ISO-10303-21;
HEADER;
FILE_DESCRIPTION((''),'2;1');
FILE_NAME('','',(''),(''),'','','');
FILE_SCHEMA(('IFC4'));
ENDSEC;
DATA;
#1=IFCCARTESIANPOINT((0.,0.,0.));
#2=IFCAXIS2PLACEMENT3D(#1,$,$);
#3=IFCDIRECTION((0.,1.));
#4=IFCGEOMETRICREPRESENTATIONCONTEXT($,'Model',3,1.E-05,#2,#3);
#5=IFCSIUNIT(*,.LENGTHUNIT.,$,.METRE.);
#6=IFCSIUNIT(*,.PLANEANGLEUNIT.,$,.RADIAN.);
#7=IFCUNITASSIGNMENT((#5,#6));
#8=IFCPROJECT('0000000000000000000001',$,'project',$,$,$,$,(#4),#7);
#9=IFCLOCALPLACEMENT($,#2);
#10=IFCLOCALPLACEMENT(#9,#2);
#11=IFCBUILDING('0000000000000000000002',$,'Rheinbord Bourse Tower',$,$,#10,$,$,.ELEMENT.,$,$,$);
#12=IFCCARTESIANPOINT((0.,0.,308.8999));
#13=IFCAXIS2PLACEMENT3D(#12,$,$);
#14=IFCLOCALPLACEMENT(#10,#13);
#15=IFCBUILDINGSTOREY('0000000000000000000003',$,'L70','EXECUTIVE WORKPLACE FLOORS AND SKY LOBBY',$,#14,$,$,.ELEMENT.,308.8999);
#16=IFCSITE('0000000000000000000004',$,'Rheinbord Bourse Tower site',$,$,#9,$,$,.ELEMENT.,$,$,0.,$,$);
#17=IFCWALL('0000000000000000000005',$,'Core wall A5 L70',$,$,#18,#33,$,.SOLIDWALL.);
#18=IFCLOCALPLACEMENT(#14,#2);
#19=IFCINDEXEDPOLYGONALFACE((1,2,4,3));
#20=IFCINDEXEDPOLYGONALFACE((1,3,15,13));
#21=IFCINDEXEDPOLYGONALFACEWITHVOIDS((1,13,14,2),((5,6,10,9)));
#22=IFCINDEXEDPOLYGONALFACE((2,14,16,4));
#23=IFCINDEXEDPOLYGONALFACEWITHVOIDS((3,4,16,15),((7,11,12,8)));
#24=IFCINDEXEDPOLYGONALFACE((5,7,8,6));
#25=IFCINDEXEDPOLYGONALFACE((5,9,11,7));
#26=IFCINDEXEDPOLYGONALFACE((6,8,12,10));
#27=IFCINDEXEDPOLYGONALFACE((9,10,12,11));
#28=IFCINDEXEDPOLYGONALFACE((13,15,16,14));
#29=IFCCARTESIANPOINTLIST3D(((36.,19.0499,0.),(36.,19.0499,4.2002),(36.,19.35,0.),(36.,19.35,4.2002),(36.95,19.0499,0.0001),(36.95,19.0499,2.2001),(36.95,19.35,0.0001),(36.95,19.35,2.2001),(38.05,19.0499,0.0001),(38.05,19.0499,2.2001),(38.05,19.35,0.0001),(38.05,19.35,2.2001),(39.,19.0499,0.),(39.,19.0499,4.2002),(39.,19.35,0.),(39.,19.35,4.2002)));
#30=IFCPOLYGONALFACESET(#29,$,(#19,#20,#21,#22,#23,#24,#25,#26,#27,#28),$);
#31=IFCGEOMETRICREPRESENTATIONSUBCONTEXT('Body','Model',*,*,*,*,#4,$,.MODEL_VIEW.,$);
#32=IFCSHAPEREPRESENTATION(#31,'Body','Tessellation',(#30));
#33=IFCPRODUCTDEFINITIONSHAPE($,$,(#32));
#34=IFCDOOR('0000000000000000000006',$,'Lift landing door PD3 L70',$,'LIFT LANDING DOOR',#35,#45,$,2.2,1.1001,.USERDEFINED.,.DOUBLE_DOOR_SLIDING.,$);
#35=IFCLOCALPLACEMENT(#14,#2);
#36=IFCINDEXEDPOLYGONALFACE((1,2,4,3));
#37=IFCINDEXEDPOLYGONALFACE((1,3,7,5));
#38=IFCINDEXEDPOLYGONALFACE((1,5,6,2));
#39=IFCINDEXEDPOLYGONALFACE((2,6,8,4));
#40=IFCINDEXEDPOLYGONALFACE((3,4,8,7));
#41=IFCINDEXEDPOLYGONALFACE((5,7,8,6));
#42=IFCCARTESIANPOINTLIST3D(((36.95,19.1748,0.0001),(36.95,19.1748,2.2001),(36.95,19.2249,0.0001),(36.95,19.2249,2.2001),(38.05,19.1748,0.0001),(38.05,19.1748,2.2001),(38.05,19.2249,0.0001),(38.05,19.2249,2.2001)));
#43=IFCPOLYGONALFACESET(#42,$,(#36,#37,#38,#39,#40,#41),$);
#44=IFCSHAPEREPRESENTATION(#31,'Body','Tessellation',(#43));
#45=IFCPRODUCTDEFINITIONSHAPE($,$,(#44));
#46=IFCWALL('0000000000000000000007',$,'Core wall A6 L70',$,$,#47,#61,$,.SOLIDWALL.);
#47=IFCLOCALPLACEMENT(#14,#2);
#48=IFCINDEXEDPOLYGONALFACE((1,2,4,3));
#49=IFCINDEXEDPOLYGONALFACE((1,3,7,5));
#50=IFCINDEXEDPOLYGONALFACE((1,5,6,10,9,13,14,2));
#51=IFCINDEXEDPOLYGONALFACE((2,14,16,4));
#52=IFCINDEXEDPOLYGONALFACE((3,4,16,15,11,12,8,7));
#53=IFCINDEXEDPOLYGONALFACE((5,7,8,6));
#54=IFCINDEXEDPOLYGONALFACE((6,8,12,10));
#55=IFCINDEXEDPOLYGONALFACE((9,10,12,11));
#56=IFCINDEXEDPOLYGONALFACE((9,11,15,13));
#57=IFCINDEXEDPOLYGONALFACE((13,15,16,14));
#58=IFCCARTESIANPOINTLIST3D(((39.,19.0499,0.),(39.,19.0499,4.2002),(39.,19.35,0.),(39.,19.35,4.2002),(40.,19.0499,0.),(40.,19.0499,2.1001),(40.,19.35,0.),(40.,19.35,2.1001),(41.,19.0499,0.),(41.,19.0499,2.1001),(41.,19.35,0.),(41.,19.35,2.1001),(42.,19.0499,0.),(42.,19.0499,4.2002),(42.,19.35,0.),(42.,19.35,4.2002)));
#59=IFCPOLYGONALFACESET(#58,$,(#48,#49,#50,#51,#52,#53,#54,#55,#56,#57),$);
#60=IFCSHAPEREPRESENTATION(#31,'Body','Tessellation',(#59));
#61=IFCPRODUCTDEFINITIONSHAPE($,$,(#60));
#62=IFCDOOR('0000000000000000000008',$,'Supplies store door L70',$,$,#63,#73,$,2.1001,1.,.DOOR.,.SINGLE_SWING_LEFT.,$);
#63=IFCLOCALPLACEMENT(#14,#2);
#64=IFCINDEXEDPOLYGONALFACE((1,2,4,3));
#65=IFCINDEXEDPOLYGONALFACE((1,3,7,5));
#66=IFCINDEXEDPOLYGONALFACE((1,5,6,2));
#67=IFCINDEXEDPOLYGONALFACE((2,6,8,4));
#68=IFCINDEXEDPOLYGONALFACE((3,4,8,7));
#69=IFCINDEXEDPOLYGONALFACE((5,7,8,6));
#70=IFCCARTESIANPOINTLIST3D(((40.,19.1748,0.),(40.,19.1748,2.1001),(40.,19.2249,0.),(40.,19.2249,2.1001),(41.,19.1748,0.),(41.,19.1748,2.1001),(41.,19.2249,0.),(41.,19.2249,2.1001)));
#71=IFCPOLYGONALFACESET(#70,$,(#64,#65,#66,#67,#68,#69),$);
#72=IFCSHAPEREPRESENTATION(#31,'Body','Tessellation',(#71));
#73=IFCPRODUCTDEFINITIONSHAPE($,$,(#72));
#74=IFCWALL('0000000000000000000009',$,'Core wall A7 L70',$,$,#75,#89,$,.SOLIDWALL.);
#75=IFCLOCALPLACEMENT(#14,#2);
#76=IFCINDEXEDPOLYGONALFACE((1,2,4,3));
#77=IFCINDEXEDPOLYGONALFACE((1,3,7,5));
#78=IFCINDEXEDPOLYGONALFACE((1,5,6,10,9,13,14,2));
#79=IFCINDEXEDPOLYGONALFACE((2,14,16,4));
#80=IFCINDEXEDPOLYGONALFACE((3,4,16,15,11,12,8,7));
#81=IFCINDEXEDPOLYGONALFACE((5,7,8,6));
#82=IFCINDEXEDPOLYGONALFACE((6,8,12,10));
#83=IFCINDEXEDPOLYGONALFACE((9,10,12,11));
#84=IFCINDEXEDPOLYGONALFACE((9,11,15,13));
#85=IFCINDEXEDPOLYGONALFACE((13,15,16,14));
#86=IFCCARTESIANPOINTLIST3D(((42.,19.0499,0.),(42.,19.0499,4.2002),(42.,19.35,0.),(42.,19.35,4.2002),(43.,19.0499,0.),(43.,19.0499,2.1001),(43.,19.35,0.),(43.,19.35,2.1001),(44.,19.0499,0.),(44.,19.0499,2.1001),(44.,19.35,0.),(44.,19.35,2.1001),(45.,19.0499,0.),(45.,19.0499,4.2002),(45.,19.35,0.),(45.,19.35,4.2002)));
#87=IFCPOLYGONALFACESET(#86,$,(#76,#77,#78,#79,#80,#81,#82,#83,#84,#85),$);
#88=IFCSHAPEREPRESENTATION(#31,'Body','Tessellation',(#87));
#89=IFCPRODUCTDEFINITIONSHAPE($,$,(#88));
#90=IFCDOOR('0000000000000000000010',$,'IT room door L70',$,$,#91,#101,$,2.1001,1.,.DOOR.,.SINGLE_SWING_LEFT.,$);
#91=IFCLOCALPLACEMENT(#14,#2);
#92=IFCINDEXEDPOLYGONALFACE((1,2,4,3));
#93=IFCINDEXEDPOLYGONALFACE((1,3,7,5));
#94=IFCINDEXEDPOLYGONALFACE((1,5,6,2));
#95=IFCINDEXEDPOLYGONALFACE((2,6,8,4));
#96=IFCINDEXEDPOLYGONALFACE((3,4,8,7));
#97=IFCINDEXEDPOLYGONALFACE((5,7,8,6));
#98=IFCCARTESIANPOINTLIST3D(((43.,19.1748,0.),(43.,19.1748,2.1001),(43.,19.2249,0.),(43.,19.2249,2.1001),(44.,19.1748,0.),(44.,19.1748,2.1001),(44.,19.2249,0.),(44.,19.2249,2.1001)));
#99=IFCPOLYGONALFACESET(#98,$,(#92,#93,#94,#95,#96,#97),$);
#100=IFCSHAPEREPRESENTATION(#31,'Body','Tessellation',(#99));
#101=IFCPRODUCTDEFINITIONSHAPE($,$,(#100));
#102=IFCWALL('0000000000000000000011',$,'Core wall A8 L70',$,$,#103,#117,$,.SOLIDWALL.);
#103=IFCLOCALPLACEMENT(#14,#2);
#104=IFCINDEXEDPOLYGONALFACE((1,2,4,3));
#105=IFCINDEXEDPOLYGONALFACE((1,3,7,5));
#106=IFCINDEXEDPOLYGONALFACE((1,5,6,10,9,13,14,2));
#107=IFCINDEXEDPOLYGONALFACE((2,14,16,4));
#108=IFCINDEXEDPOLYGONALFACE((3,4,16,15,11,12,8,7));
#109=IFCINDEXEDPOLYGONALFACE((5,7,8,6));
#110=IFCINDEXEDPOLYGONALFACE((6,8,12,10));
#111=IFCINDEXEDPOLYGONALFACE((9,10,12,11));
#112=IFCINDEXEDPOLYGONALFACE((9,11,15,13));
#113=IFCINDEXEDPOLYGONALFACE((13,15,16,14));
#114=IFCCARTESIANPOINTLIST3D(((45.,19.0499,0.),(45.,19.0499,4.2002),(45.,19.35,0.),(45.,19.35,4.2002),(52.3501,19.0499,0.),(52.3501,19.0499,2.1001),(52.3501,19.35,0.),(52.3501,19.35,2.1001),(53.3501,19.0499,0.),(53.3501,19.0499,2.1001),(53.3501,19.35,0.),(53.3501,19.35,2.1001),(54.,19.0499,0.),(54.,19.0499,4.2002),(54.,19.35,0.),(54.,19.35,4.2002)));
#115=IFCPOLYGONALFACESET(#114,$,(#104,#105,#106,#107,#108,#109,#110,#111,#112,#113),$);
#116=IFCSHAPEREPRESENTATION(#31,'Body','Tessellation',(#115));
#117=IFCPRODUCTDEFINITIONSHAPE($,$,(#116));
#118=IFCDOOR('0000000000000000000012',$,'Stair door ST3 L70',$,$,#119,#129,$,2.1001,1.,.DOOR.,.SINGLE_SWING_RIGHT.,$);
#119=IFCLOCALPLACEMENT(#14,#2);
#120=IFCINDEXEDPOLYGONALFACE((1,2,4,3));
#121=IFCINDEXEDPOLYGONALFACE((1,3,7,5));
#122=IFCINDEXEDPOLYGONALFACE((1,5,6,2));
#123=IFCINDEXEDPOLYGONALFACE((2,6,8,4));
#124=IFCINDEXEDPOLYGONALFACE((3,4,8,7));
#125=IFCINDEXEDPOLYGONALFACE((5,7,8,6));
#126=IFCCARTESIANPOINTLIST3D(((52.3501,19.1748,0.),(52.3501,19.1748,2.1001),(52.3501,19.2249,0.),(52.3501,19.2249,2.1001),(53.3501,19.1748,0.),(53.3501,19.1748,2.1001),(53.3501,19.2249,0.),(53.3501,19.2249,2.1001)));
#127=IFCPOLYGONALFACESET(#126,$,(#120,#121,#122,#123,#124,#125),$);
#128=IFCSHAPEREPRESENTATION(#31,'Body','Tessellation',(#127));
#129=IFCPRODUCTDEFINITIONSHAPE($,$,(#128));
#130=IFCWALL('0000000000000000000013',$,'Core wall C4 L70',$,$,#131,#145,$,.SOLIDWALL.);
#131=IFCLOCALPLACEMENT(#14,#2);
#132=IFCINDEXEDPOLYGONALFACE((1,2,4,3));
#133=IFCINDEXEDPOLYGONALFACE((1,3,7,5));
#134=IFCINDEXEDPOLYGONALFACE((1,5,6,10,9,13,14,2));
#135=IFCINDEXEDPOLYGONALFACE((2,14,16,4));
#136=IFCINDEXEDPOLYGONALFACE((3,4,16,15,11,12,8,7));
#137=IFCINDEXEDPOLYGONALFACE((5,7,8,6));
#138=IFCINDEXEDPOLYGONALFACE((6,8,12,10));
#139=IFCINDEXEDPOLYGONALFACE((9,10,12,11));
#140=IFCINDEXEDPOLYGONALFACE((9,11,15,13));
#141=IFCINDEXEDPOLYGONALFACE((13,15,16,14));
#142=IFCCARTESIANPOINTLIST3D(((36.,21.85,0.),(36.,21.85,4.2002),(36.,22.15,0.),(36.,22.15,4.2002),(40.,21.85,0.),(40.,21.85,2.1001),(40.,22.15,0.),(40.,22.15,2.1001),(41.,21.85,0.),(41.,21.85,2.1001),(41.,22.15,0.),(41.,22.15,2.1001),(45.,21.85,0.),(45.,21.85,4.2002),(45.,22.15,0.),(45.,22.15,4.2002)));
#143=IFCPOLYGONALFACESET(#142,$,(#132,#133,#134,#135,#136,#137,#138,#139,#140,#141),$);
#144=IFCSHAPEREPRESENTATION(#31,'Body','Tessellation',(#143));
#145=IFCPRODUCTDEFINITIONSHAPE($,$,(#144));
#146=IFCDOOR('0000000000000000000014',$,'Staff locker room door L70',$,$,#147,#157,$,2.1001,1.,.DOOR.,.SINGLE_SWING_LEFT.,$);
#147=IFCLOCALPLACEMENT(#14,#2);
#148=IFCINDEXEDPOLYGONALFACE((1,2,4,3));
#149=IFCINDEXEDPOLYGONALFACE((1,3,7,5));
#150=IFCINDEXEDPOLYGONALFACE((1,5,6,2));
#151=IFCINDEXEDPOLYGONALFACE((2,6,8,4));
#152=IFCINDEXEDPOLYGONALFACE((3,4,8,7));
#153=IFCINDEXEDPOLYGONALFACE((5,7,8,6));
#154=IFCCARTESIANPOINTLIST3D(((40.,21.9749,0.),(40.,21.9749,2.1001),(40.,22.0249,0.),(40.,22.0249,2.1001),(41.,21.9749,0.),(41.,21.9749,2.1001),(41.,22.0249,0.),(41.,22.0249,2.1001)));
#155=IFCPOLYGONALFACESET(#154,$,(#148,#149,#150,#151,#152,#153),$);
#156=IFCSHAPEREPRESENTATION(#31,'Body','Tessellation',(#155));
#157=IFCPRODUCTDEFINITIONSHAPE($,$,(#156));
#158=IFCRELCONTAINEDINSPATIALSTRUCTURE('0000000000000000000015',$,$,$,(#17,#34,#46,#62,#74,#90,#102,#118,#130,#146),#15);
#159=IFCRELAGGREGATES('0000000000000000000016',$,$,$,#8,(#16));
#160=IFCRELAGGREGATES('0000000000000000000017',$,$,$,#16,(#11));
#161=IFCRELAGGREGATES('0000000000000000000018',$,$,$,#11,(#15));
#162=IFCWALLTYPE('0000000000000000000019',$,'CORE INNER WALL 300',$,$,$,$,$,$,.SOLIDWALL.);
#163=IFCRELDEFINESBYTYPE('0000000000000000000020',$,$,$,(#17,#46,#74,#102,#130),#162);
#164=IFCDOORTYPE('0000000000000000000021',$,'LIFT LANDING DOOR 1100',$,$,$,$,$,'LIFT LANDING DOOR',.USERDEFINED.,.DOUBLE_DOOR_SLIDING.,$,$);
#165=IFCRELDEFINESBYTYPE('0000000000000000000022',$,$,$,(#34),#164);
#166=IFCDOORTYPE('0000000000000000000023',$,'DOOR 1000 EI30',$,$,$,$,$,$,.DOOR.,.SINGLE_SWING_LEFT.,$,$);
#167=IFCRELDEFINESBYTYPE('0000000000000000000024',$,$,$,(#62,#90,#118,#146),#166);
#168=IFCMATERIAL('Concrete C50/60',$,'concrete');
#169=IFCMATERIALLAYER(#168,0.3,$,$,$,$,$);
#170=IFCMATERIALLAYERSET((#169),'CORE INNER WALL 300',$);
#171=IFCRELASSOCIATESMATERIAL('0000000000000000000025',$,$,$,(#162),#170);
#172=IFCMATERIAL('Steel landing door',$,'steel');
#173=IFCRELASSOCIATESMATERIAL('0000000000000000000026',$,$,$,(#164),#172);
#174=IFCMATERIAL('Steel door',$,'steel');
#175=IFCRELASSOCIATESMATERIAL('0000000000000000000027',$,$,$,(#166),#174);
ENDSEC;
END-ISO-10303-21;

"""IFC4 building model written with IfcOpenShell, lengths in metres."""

from ifc_helpers import new_model, si_unit, direction, frame, frame_2d, origin, place, context, subcontext, project, spatial, rectangle, extrude, material, layer, layer_set, type_object, element, fill, save


model = new_model("IFC4")

# Units and contexts
model_context = context("Model", 3, precision=1e-05, world=origin(), true_north=direction((0.0, 1.0)))
body_context = subcontext(model_context, "Body", "Model", "MODEL_VIEW")
ifc_project = project(units=[si_unit("LENGTHUNIT", "METRE"), si_unit("PLANEANGLEUNIT", "RADIAN")], contexts=[model_context])

# Site, building, storey
site_placement = place(None, origin())
site = spatial("IfcSite", under=ifc_project, at=site_placement, Name="Rheinbord Bourse Tower site", CompositionType="ELEMENT", RefElevation=0.0)
building_placement = place(site_placement, origin())
building = spatial("IfcBuilding", under=site, at=building_placement, Name="Rheinbord Bourse Tower", CompositionType="ELEMENT")
storey_placement = place(building_placement, frame((0.0, 0.0, 308.8999)))
storey = spatial("IfcBuildingStorey", under=building, at=storey_placement, Name="L70", Description="EXECUTIVE WORKPLACE FLOORS AND SKY LOBBY", CompositionType="ELEMENT", Elevation=308.8999)

# Walls, openings, doors
ifc_material_1 = material(Name="Concrete C50/60", Category="concrete")
ifc_layer_1 = layer(ifc_material_1, 0.3)
ifc_layer_set_1 = layer_set([ifc_layer_1], Name="CORE INNER WALL 300")
wall_type_1 = type_object("IfcWallType", Name="CORE INNER WALL 300", PredefinedType="SOLIDWALL", material=ifc_layer_set_1)
wall_1_placement = place(storey_placement, frame((36.0, 19.2, 0.0), z_axis=(0.0, 0.0, 1.0), x_axis=(1.0, 0.0, 0.0)))
wall_1 = element("IfcWall", 1, at=wall_1_placement, inside=storey, type_object=wall_type_1, Name="Core wall A5 L70", PredefinedType="SOLIDWALL", context=body_context, shape_type="SweptSolid", body=[
    extrude(rectangle(XDim=3.0, YDim=0.3, at=frame_2d((1.5, 0.0))), origin(), (0.0, 0.0, 1.0), 4.2002),
])
opening_1_placement = place(wall_1_placement, frame((0.95, 0.0, 0.0)))
opening_1 = element("IfcOpeningElement", 2, at=opening_1_placement, cuts=wall_1, PredefinedType="OPENING", context=body_context, shape_type="SweptSolid", body=[
    extrude(rectangle(XDim=1.1001, YDim=2.2, at=frame_2d((0.55, 1.1001))), frame((0.0, 0.1599, 0.0), z_axis=(0.0, -1.0, 0.0), x_axis=(1.0, 0.0, 0.0)), (0.0, 0.0, 1.0), 0.3201),
])
ifc_material_2 = material(Name="Steel landing door", Category="steel")
door_type_1 = type_object("IfcDoorType", Name="LIFT LANDING DOOR 1100", ElementType="LIFT LANDING DOOR", OperationType="DOUBLE_DOOR_SLIDING", PredefinedType="USERDEFINED", material=ifc_material_2)
door_1_placement = place(opening_1_placement, origin())
door_1 = element("IfcDoor", 3, at=door_1_placement, inside=storey, type_object=door_type_1, Name="Lift landing door PD3 L70", ObjectType="LIFT LANDING DOOR", OperationType="DOUBLE_DOOR_SLIDING", OverallHeight=2.2, OverallWidth=1.1001, PredefinedType="USERDEFINED", context=body_context, shape_type="SweptSolid", body=[
    extrude(rectangle(XDim=1.1001, YDim=2.2, at=frame_2d((0.55, 1.1001))), frame((0.0, 0.0249, 0.0), z_axis=(0.0, -1.0, 0.0), x_axis=(1.0, 0.0, 0.0)), (0.0, 0.0, 1.0), 0.05),
])
fill(opening_1, door_1)
wall_2_placement = place(storey_placement, frame((39.0, 19.2, 0.0), z_axis=(0.0, 0.0, 1.0), x_axis=(1.0, 0.0, 0.0)))
wall_2 = element("IfcWall", 4, at=wall_2_placement, inside=storey, type_object=wall_type_1, Name="Core wall A6 L70", PredefinedType="SOLIDWALL", context=body_context, shape_type="SweptSolid", body=[
    extrude(rectangle(XDim=3.0, YDim=0.3, at=frame_2d((1.5, 0.0))), origin(), (0.0, 0.0, 1.0), 4.2002),
])
opening_2_placement = place(wall_2_placement, frame((1.0, 0.0, 0.0)))
opening_2 = element("IfcOpeningElement", 5, at=opening_2_placement, cuts=wall_2, PredefinedType="OPENING", context=body_context, shape_type="SweptSolid", body=[
    extrude(rectangle(XDim=1.0, YDim=2.1001, at=frame_2d((0.5, 1.05))), frame((0.0, 0.1599, 0.0), z_axis=(0.0, -1.0, 0.0), x_axis=(1.0, 0.0, 0.0)), (0.0, 0.0, 1.0), 0.3201),
])
ifc_material_3 = material(Name="Steel door", Category="steel")
door_type_2 = type_object("IfcDoorType", Name="DOOR 1000 EI30", OperationType="SINGLE_SWING_LEFT", PredefinedType="DOOR", material=ifc_material_3)
door_2_placement = place(opening_2_placement, origin())
door_2 = element("IfcDoor", 6, at=door_2_placement, inside=storey, type_object=door_type_2, Name="Supplies store door L70", OperationType="SINGLE_SWING_LEFT", OverallHeight=2.1001, OverallWidth=1.0, PredefinedType="DOOR", context=body_context, shape_type="SweptSolid", body=[
    extrude(rectangle(XDim=1.0, YDim=2.1001, at=frame_2d((0.5, 1.05))), frame((0.0, 0.0249, 0.0), z_axis=(0.0, -1.0, 0.0), x_axis=(1.0, 0.0, 0.0)), (0.0, 0.0, 1.0), 0.05),
])
fill(opening_2, door_2)
wall_3_placement = place(storey_placement, frame((42.0, 19.2, 0.0), z_axis=(0.0, 0.0, 1.0), x_axis=(1.0, 0.0, 0.0)))
wall_3 = element("IfcWall", 7, at=wall_3_placement, inside=storey, type_object=wall_type_1, Name="Core wall A7 L70", PredefinedType="SOLIDWALL", context=body_context, shape_type="SweptSolid", body=[
    extrude(rectangle(XDim=3.0, YDim=0.3, at=frame_2d((1.5, 0.0))), origin(), (0.0, 0.0, 1.0), 4.2002),
])
opening_3_placement = place(wall_3_placement, frame((1.0, 0.0, 0.0)))
opening_3 = element("IfcOpeningElement", 8, at=opening_3_placement, cuts=wall_3, PredefinedType="OPENING", context=body_context, shape_type="SweptSolid", body=[
    extrude(rectangle(XDim=1.0, YDim=2.1001, at=frame_2d((0.5, 1.05))), frame((0.0, 0.1599, 0.0), z_axis=(0.0, -1.0, 0.0), x_axis=(1.0, 0.0, 0.0)), (0.0, 0.0, 1.0), 0.3201),
])
door_3_placement = place(opening_3_placement, origin())
door_3 = element("IfcDoor", 9, at=door_3_placement, inside=storey, type_object=door_type_2, Name="IT room door L70", OperationType="SINGLE_SWING_LEFT", OverallHeight=2.1001, OverallWidth=1.0, PredefinedType="DOOR", context=body_context, shape_type="SweptSolid", body=[
    extrude(rectangle(XDim=1.0, YDim=2.1001, at=frame_2d((0.5, 1.05))), frame((0.0, 0.0249, 0.0), z_axis=(0.0, -1.0, 0.0), x_axis=(1.0, 0.0, 0.0)), (0.0, 0.0, 1.0), 0.05),
])
fill(opening_3, door_3)
wall_4_placement = place(storey_placement, frame((45.0, 19.2, 0.0), z_axis=(0.0, 0.0, 1.0), x_axis=(1.0, 0.0, 0.0)))
wall_4 = element("IfcWall", 10, at=wall_4_placement, inside=storey, type_object=wall_type_1, Name="Core wall A8 L70", PredefinedType="SOLIDWALL", context=body_context, shape_type="SweptSolid", body=[
    extrude(rectangle(XDim=9.0, YDim=0.3, at=frame_2d((4.5, 0.0))), origin(), (0.0, 0.0, 1.0), 4.2002),
])
opening_4_placement = place(wall_4_placement, frame((7.3501, 0.0, 0.0)))
opening_4 = element("IfcOpeningElement", 11, at=opening_4_placement, cuts=wall_4, PredefinedType="OPENING", context=body_context, shape_type="SweptSolid", body=[
    extrude(rectangle(XDim=1.0, YDim=2.1001, at=frame_2d((0.5, 1.05))), frame((0.0, 0.1599, 0.0), z_axis=(0.0, -1.0, 0.0), x_axis=(1.0, 0.0, 0.0)), (0.0, 0.0, 1.0), 0.3201),
])
door_4_placement = place(opening_4_placement, origin())
door_4 = element("IfcDoor", 12, at=door_4_placement, inside=storey, type_object=door_type_2, Name="Stair door ST3 L70", OperationType="SINGLE_SWING_RIGHT", OverallHeight=2.1001, OverallWidth=1.0, PredefinedType="DOOR", context=body_context, shape_type="SweptSolid", body=[
    extrude(rectangle(XDim=1.0, YDim=2.1001, at=frame_2d((0.5, 1.05))), frame((0.0, 0.0249, 0.0), z_axis=(0.0, -1.0, 0.0), x_axis=(1.0, 0.0, 0.0)), (0.0, 0.0, 1.0), 0.05),
])
fill(opening_4, door_4)
wall_5_placement = place(storey_placement, frame((36.0, 22.0, 0.0), z_axis=(0.0, 0.0, 1.0), x_axis=(1.0, 0.0, 0.0)))
wall_5 = element("IfcWall", 13, at=wall_5_placement, inside=storey, type_object=wall_type_1, Name="Core wall C4 L70", PredefinedType="SOLIDWALL", context=body_context, shape_type="SweptSolid", body=[
    extrude(rectangle(XDim=9.0, YDim=0.3, at=frame_2d((4.5, 0.0))), origin(), (0.0, 0.0, 1.0), 4.2002),
])
opening_5_placement = place(wall_5_placement, frame((4.0, 0.0, 0.0)))
opening_5 = element("IfcOpeningElement", 14, at=opening_5_placement, cuts=wall_5, PredefinedType="OPENING", context=body_context, shape_type="SweptSolid", body=[
    extrude(rectangle(XDim=1.0, YDim=2.1001, at=frame_2d((0.5, 1.05))), frame((0.0, 0.1599, 0.0), z_axis=(0.0, -1.0, 0.0), x_axis=(1.0, 0.0, 0.0)), (0.0, 0.0, 1.0), 0.3201),
])
door_5_placement = place(opening_5_placement, origin())
door_5 = element("IfcDoor", 15, at=door_5_placement, inside=storey, type_object=door_type_2, Name="Staff locker room door L70", OperationType="SINGLE_SWING_LEFT", OverallHeight=2.1001, OverallWidth=1.0, PredefinedType="DOOR", context=body_context, shape_type="SweptSolid", body=[
    extrude(rectangle(XDim=1.0, YDim=2.1001, at=frame_2d((0.5, 1.05))), frame((0.0, 0.0249, 0.0), z_axis=(0.0, -1.0, 0.0), x_axis=(1.0, 0.0, 0.0)), (0.0, 0.0, 1.0), 0.05),
])
fill(opening_5, door_5)

save(model, "model.ifc")
